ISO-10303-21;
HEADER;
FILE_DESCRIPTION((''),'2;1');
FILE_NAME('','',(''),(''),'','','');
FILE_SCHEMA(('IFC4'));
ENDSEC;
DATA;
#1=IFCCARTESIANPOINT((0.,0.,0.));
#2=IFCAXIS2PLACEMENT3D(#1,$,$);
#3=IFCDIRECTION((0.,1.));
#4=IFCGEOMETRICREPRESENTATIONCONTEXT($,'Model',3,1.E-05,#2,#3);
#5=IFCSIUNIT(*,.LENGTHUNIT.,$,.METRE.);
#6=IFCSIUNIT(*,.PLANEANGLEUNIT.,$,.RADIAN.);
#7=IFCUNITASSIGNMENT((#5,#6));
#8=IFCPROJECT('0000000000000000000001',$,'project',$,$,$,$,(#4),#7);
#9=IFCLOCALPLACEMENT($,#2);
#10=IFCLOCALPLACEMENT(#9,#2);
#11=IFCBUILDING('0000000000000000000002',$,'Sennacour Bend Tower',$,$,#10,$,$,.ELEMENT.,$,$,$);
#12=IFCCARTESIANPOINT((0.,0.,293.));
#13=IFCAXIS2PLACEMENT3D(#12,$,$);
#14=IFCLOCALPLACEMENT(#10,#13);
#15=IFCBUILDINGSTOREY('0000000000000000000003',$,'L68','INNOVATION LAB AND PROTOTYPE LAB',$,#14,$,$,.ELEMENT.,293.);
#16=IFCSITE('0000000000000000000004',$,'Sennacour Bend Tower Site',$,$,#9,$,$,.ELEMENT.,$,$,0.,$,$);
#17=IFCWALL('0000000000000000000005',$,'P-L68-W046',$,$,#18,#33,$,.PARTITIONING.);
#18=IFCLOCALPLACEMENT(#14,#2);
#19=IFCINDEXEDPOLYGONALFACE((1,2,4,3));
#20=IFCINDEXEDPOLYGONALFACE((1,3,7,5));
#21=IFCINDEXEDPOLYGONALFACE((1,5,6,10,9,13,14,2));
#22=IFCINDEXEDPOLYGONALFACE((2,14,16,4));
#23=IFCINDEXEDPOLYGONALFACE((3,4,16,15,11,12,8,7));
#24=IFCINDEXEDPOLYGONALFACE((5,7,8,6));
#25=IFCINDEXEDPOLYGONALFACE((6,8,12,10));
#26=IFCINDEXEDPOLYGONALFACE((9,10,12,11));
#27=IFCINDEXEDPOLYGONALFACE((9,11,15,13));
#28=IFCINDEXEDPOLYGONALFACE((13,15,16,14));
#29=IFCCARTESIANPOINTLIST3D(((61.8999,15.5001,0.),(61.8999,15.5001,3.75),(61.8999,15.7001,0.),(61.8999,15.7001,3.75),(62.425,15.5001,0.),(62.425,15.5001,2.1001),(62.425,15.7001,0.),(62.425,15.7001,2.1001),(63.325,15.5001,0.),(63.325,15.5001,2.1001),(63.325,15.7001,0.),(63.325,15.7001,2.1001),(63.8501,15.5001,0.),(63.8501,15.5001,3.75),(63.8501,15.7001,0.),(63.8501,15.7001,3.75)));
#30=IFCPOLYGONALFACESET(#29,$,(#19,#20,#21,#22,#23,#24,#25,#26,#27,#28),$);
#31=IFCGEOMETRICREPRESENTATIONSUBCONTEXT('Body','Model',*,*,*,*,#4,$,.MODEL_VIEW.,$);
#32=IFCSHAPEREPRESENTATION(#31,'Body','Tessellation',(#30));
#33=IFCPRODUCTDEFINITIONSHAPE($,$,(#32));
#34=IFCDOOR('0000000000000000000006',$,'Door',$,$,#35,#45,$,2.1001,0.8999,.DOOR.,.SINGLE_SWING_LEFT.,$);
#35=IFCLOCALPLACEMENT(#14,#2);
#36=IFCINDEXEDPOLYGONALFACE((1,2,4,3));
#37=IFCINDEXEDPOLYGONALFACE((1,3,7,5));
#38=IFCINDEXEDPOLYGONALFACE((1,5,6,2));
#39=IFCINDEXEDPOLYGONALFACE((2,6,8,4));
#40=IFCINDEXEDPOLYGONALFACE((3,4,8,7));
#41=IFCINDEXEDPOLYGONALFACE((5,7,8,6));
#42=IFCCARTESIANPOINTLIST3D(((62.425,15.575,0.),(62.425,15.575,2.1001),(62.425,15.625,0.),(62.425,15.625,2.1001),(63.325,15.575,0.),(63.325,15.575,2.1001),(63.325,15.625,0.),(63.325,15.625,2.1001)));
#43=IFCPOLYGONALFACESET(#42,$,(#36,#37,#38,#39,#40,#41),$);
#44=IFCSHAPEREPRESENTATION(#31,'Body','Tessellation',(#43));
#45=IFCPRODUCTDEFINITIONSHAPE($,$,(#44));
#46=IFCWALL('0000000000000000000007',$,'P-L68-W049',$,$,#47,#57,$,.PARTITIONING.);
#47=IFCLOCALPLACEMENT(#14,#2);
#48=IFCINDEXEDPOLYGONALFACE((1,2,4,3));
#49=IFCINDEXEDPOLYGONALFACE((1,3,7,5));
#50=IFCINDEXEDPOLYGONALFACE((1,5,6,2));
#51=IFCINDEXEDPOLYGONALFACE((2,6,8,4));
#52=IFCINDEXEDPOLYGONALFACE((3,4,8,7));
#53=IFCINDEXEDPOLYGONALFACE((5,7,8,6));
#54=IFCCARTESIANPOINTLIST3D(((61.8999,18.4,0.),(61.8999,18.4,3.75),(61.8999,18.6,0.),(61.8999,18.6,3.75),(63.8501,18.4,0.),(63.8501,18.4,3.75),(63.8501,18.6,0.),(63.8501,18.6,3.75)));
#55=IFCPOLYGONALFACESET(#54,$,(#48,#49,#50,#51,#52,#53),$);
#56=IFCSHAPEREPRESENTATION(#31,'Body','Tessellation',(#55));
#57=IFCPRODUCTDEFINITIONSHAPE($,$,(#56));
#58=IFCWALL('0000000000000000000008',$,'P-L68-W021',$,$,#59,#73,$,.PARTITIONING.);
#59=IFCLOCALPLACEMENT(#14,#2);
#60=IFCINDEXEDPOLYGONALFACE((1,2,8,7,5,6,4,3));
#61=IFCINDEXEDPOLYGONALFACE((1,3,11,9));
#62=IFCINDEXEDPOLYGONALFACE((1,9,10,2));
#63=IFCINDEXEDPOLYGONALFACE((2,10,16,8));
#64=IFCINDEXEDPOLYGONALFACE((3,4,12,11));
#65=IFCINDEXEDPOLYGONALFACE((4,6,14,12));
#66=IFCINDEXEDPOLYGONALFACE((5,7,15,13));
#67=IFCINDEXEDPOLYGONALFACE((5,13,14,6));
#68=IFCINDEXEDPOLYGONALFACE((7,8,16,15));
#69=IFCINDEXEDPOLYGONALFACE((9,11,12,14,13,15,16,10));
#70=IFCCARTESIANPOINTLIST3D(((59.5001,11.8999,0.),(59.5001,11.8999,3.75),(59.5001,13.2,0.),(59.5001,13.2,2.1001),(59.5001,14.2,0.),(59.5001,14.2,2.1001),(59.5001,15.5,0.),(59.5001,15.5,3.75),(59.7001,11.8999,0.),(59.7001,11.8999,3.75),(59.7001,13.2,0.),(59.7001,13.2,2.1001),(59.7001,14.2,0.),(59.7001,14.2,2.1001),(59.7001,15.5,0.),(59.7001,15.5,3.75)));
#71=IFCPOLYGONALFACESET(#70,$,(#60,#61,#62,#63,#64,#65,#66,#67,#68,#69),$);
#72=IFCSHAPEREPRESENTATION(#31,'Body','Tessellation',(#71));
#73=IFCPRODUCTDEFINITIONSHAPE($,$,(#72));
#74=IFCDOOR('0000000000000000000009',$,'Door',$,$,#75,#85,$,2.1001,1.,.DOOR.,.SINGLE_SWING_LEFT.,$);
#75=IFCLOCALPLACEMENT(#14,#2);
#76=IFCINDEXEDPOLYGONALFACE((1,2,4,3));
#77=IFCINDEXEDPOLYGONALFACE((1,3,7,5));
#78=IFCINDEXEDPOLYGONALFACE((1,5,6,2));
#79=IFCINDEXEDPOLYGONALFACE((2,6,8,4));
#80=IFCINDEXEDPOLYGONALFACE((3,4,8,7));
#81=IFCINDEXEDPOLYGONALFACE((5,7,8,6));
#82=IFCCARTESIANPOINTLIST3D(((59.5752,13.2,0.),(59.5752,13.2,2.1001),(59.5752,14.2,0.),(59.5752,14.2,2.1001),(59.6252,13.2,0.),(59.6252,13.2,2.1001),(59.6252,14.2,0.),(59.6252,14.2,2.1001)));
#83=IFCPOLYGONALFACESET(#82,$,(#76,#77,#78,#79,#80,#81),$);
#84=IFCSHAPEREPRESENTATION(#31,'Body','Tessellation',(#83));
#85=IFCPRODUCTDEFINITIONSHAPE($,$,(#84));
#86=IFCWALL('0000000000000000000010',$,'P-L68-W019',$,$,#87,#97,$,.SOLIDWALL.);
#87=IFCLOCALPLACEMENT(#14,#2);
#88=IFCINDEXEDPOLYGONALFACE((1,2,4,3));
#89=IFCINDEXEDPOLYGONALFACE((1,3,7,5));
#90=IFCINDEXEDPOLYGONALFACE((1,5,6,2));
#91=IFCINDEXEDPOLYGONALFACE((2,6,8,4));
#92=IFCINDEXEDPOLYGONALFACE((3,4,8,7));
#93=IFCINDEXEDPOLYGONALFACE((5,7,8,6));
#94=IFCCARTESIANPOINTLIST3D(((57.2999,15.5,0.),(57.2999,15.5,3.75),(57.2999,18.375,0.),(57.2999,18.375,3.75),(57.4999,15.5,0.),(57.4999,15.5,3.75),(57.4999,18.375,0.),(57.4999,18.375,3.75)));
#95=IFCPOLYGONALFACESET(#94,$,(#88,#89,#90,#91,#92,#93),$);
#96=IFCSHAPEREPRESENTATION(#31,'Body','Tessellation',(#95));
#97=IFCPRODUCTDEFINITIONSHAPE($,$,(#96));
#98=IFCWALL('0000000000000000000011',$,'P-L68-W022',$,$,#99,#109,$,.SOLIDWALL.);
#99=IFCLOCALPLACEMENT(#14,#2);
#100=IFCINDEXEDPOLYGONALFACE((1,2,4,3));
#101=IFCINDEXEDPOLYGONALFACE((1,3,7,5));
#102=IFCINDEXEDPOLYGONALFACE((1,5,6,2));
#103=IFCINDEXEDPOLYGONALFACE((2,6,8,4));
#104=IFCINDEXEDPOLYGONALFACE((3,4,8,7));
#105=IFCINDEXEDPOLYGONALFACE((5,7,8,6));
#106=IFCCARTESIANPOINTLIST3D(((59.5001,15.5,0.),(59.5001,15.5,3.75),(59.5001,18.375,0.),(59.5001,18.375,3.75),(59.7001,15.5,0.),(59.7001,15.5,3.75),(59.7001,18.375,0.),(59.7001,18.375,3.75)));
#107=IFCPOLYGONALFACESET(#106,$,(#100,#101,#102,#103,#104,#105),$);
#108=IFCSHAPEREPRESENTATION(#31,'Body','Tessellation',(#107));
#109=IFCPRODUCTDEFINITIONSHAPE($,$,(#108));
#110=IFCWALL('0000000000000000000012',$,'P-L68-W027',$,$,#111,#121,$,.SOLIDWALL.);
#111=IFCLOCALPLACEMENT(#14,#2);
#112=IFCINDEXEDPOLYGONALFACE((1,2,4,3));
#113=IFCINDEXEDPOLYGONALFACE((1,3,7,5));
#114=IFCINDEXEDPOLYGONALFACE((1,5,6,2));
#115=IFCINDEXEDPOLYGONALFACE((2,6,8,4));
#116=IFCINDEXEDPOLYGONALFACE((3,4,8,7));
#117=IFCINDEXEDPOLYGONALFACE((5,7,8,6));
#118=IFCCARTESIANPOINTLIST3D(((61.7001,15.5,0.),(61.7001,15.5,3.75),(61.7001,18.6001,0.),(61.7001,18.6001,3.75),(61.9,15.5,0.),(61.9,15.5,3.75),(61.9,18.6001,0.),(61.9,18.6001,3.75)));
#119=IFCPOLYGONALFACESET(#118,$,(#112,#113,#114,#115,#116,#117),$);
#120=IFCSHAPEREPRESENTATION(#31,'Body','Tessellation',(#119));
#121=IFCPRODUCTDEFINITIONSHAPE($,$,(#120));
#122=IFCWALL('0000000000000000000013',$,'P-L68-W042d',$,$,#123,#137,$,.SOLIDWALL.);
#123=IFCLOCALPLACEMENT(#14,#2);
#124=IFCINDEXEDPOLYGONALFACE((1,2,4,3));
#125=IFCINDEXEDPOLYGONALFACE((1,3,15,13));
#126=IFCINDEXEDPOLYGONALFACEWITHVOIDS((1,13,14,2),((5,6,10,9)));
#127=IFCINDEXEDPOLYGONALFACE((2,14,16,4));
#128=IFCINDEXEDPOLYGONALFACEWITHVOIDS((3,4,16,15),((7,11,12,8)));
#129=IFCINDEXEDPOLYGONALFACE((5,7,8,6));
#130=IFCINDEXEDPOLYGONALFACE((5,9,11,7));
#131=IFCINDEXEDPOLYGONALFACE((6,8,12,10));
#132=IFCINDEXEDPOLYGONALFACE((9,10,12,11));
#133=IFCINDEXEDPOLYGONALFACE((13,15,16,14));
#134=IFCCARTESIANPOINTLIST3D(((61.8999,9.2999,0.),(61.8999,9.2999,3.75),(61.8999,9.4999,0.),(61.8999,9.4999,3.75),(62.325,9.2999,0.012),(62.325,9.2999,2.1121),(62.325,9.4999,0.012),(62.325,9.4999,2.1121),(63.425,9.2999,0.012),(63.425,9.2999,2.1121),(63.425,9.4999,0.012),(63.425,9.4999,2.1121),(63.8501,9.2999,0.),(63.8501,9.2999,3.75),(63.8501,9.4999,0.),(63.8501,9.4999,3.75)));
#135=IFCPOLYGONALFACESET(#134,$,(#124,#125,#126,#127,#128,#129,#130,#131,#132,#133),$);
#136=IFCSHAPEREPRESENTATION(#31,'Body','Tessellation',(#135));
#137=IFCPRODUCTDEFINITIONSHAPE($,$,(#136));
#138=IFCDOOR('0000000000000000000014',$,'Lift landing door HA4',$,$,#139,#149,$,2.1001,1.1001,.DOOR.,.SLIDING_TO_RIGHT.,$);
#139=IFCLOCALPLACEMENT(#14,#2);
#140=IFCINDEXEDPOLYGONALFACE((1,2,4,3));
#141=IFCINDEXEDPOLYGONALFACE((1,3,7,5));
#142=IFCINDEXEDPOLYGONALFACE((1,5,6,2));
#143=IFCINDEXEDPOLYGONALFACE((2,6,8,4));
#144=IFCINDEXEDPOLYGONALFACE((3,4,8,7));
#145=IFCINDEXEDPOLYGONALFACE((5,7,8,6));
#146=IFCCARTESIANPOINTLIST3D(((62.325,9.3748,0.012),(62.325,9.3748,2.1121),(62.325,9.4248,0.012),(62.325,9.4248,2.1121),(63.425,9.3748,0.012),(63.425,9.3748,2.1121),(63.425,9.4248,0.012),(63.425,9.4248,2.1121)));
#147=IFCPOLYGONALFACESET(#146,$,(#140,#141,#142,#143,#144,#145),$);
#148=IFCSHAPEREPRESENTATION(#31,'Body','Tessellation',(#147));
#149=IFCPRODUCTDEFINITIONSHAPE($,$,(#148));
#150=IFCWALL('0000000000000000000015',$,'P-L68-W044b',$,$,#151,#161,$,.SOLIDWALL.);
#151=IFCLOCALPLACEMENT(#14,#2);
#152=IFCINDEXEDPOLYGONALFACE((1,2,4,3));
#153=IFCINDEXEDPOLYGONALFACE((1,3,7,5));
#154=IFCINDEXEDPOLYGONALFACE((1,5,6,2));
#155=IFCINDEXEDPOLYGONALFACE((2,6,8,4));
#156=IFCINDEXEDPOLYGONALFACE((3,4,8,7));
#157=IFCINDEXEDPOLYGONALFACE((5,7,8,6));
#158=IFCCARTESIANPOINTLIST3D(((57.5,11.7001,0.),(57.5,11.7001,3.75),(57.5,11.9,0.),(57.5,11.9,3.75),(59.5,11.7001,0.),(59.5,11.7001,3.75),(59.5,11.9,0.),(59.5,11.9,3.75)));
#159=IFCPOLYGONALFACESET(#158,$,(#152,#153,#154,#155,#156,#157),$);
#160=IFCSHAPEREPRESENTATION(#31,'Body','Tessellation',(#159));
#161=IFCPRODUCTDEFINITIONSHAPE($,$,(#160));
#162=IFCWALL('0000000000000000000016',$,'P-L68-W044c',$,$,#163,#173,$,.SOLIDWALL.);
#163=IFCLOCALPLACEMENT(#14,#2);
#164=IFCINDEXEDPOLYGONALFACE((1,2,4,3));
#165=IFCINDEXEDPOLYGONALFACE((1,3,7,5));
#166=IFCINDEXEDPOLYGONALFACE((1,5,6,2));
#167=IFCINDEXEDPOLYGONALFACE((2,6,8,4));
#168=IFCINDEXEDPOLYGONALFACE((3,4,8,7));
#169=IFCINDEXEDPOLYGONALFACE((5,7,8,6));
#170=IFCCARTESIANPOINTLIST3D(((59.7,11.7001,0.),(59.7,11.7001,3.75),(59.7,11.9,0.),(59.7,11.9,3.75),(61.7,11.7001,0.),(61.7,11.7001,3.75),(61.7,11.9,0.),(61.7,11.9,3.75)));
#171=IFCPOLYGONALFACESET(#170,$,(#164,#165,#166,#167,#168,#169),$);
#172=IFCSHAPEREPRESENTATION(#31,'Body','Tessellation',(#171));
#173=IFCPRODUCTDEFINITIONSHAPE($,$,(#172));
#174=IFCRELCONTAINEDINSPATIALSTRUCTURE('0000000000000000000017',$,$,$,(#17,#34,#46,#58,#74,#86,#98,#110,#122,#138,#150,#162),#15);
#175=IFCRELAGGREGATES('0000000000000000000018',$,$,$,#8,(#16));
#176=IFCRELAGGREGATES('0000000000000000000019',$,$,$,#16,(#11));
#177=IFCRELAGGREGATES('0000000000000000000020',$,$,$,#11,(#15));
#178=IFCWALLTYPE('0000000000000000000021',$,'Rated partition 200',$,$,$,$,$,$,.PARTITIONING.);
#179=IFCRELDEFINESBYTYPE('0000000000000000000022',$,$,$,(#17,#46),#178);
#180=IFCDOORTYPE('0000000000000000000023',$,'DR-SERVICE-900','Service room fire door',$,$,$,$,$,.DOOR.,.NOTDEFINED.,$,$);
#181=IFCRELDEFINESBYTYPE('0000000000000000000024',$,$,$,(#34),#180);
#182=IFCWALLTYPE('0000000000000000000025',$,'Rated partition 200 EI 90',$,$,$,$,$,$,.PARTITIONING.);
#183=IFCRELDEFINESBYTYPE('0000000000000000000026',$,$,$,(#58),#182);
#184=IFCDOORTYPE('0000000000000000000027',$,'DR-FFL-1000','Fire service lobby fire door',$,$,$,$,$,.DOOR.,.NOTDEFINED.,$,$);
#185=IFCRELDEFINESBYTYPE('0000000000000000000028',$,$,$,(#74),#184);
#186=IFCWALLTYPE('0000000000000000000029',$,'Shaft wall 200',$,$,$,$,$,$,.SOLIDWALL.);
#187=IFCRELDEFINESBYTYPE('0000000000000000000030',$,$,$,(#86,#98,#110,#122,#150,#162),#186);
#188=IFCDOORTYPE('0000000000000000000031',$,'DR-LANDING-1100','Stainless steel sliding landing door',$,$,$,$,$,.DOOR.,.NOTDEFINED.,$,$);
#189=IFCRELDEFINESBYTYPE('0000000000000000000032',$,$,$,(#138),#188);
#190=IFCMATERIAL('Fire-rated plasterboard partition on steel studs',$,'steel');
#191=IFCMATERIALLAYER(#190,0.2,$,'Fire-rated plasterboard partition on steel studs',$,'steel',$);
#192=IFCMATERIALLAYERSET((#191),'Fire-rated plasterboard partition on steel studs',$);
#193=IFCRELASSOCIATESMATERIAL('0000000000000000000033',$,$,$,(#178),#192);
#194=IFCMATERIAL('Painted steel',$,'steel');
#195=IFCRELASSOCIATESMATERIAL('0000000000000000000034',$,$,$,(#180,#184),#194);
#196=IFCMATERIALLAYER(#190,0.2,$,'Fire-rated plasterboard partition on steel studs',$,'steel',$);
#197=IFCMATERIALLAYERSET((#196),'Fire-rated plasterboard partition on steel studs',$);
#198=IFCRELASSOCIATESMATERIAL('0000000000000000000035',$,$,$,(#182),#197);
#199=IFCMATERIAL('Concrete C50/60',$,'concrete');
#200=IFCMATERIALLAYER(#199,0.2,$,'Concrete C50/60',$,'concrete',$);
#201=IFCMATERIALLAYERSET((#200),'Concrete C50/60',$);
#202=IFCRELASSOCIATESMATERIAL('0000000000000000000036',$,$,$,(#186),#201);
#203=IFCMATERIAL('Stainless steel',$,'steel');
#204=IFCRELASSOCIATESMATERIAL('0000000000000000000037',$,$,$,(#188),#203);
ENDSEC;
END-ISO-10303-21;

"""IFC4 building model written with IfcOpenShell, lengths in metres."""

from ifc_helpers import new_model, si_unit, direction, frame, frame_2d, origin, place, context, subcontext, project, spatial, rectangle, extrude, material, layer, layer_set, type_object, element, fill, save


model = new_model("IFC4")

# Units and contexts
model_context = context("Model", 3, precision=1e-05, world=origin(), true_north=direction((0.0, 1.0)))
body_context = subcontext(model_context, "Body", "Model", "MODEL_VIEW")
ifc_project = project(units=[si_unit("LENGTHUNIT", "METRE"), si_unit("PLANEANGLEUNIT", "RADIAN")], contexts=[model_context])

# Site, building, storey
site_placement = place(None, origin())
site = spatial("IfcSite", under=ifc_project, at=site_placement, Name="Sennacour Bend Tower Site", CompositionType="ELEMENT", RefElevation=0.0)
building_placement = place(site_placement, origin())
building = spatial("IfcBuilding", under=site, at=building_placement, Name="Sennacour Bend Tower", CompositionType="ELEMENT")
storey_placement = place(building_placement, frame((0.0, 0.0, 293.0)))
storey = spatial("IfcBuildingStorey", under=building, at=storey_placement, Name="L68", Description="INNOVATION LAB AND PROTOTYPE LAB", CompositionType="ELEMENT", Elevation=293.0)

# Wall, opening, door
ifc_material_1 = material(Name="Fire-rated plasterboard partition on steel studs", Category="steel")
ifc_layer_1 = layer(ifc_material_1, 0.2, Name="Fire-rated plasterboard partition on steel studs", Category="steel")
ifc_layer_set_1 = layer_set([ifc_layer_1], Name="Fire-rated plasterboard partition on steel studs")
wall_type_1 = type_object("IfcWallType", Name="Rated partition 200", PredefinedType="PARTITIONING", material=ifc_layer_set_1)
wall_1_placement = place(storey_placement, frame((61.8999, 15.6001, 0.0), z_axis=(0.0, 0.0, 1.0), x_axis=(1.0, 0.0, 0.0)))
wall_1 = element("IfcWall", 1, at=wall_1_placement, inside=storey, type_object=wall_type_1, Name="P-L68-W046", PredefinedType="PARTITIONING", context=body_context, shape_type="SweptSolid", body=[
    extrude(rectangle(XDim=1.9502, YDim=0.2, at=frame_2d((0.9751, 0.0))), origin(), (0.0, 0.0, 1.0), 3.75),
])
opening_1_placement = place(wall_1_placement, frame((0.5251, 0.0, 0.0)))
opening_1 = element("IfcOpeningElement", 2, at=opening_1_placement, cuts=wall_1, PredefinedType="OPENING", context=body_context, shape_type="SweptSolid", body=[
    extrude(rectangle(XDim=0.8999, YDim=2.1001, at=frame_2d((0.45, 1.05))), frame((0.0, 0.1099, 0.0), z_axis=(0.0, -1.0, 0.0), x_axis=(1.0, 0.0, 0.0)), (0.0, 0.0, 1.0), 0.22),
])
ifc_material_2 = material(Name="Painted steel", Category="steel")
door_type_1 = type_object("IfcDoorType", Name="DR-SERVICE-900", Description="Service room fire door", OperationType="NOTDEFINED", PredefinedType="DOOR", material=ifc_material_2)
door_1_placement = place(opening_1_placement, origin())
door_1 = element("IfcDoor", 3, at=door_1_placement, inside=storey, type_object=door_type_1, Name="Door", OperationType="SINGLE_SWING_LEFT", OverallHeight=2.1001, OverallWidth=0.8999, PredefinedType="DOOR", context=body_context, shape_type="SweptSolid", body=[
    extrude(rectangle(XDim=0.8999, YDim=2.1001, at=frame_2d((0.45, 1.05))), frame((0.0, 0.0249, 0.0), z_axis=(0.0, -1.0, 0.0), x_axis=(1.0, 0.0, 0.0)), (0.0, 0.0, 1.0), 0.05),
])
fill(opening_1, door_1)

# Wall
wall_2_placement = place(storey_placement, frame((61.8999, 18.5, 0.0), z_axis=(0.0, 0.0, 1.0), x_axis=(1.0, 0.0, 0.0)))
element("IfcWall", 4, at=wall_2_placement, inside=storey, type_object=wall_type_1, Name="P-L68-W049", PredefinedType="PARTITIONING", context=body_context, shape_type="SweptSolid", body=[
    extrude(rectangle(XDim=1.9502, YDim=0.2, at=frame_2d((0.9751, 0.0))), origin(), (0.0, 0.0, 1.0), 3.75),
])

# Wall, opening, door
ifc_layer_2 = layer(ifc_material_1, 0.2, Name="Fire-rated plasterboard partition on steel studs", Category="steel")
ifc_layer_set_2 = layer_set([ifc_layer_2], Name="Fire-rated plasterboard partition on steel studs")
wall_type_2 = type_object("IfcWallType", Name="Rated partition 200 EI 90", PredefinedType="PARTITIONING", material=ifc_layer_set_2)
wall_3_placement = place(storey_placement, frame((59.6001, 11.8999, 0.0), z_axis=(0.0, 0.0, 1.0), x_axis=(0.0, 1.0, 0.0)))
wall_3 = element("IfcWall", 5, at=wall_3_placement, inside=storey, type_object=wall_type_2, Name="P-L68-W021", PredefinedType="PARTITIONING", context=body_context, shape_type="SweptSolid", body=[
    extrude(rectangle(XDim=3.6001, YDim=0.2, at=frame_2d((1.8, 0.0))), origin(), (0.0, 0.0, 1.0), 3.75),
])
opening_2_placement = place(wall_3_placement, frame((1.3, 0.0, 0.0)))
opening_2 = element("IfcOpeningElement", 6, at=opening_2_placement, cuts=wall_3, PredefinedType="OPENING", context=body_context, shape_type="SweptSolid", body=[
    extrude(rectangle(XDim=1.0, YDim=2.1001, at=frame_2d((0.5, 1.05))), frame((0.0, 0.1099, 0.0), z_axis=(0.0, -1.0, 0.0), x_axis=(1.0, 0.0, 0.0)), (0.0, 0.0, 1.0), 0.22),
])
door_type_2 = type_object("IfcDoorType", Name="DR-FFL-1000", Description="Fire service lobby fire door", OperationType="NOTDEFINED", PredefinedType="DOOR", material=ifc_material_2)
door_2_placement = place(opening_2_placement, origin())
door_2 = element("IfcDoor", 7, at=door_2_placement, inside=storey, type_object=door_type_2, Name="Door", OperationType="SINGLE_SWING_LEFT", OverallHeight=2.1001, OverallWidth=1.0, PredefinedType="DOOR", context=body_context, shape_type="SweptSolid", body=[
    extrude(rectangle(XDim=1.0, YDim=2.1001, at=frame_2d((0.5, 1.05))), frame((0.0, 0.0249, 0.0), z_axis=(0.0, -1.0, 0.0), x_axis=(1.0, 0.0, 0.0)), (0.0, 0.0, 1.0), 0.05),
])
fill(opening_2, door_2)

# Walls
ifc_material_3 = material(Name="Concrete C50/60", Category="concrete")
ifc_layer_3 = layer(ifc_material_3, 0.2, Name="Concrete C50/60", Category="concrete")
ifc_layer_set_3 = layer_set([ifc_layer_3], Name="Concrete C50/60")
wall_type_3 = type_object("IfcWallType", Name="Shaft wall 200", PredefinedType="SOLIDWALL", material=ifc_layer_set_3)
for number, where, z_axis, x_axis, name in (
    (8, (57.3999, 15.5, 0.0), (0.0, 0.0, 1.0), (0.0, 1.0, 0.0), "P-L68-W019"),
    (9, (59.6001, 15.5, 0.0), (0.0, 0.0, 1.0), (0.0, 1.0, 0.0), "P-L68-W022"),
):
    element("IfcWall", number, at=place(storey_placement, frame(where, z_axis=z_axis, x_axis=x_axis)), inside=storey, type_object=wall_type_3, Name=name, PredefinedType="SOLIDWALL", context=body_context, shape_type="SweptSolid", body=[
        extrude(rectangle(XDim=2.875, YDim=0.2, at=frame_2d((1.4375, 0.0))), origin(), (0.0, 0.0, 1.0), 3.75),
    ])
wall_4_placement = place(storey_placement, frame((61.8, 15.5, 0.0), z_axis=(0.0, 0.0, 1.0), x_axis=(0.0, 1.0, 0.0)))
element("IfcWall", 10, at=wall_4_placement, inside=storey, type_object=wall_type_3, Name="P-L68-W027", PredefinedType="SOLIDWALL", context=body_context, shape_type="SweptSolid", body=[
    extrude(rectangle(XDim=3.1001, YDim=0.2, at=frame_2d((1.55, 0.0))), origin(), (0.0, 0.0, 1.0), 3.75),
])

# Wall, opening, door
wall_5_placement = place(storey_placement, frame((61.8999, 9.3999, 0.0), z_axis=(0.0, 0.0, 1.0), x_axis=(1.0, 0.0, 0.0)))
wall_5 = element("IfcWall", 11, at=wall_5_placement, inside=storey, type_object=wall_type_3, Name="P-L68-W042d", PredefinedType="SOLIDWALL", context=body_context, shape_type="SweptSolid", body=[
    extrude(rectangle(XDim=1.9502, YDim=0.2, at=frame_2d((0.9751, 0.0))), origin(), (0.0, 0.0, 1.0), 3.75),
])
opening_3_placement = place(wall_5_placement, frame((0.425, 0.0, 0.012)))
opening_3 = element("IfcOpeningElement", 12, at=opening_3_placement, cuts=wall_5, PredefinedType="OPENING", context=body_context, shape_type="SweptSolid", body=[
    extrude(rectangle(XDim=1.1001, YDim=2.1001, at=frame_2d((0.55, 1.05))), frame((0.0, 0.1099, 0.0), z_axis=(0.0, -1.0, 0.0), x_axis=(1.0, 0.0, 0.0)), (0.0, 0.0, 1.0), 0.22),
])
ifc_material_4 = material(Name="Stainless steel", Category="steel")
door_type_3 = type_object("IfcDoorType", Name="DR-LANDING-1100", Description="Stainless steel sliding landing door", OperationType="NOTDEFINED", PredefinedType="DOOR", material=ifc_material_4)
door_3_placement = place(opening_3_placement, origin())
door_3 = element("IfcDoor", 13, at=door_3_placement, inside=storey, type_object=door_type_3, Name="Lift landing door HA4", OperationType="SLIDING_TO_RIGHT", OverallHeight=2.1001, OverallWidth=1.1001, PredefinedType="DOOR", context=body_context, shape_type="SweptSolid", body=[
    extrude(rectangle(XDim=1.1001, YDim=2.1001, at=frame_2d((0.55, 1.05))), frame((0.0, 0.0249, 0.0), z_axis=(0.0, -1.0, 0.0), x_axis=(1.0, 0.0, 0.0)), (0.0, 0.0, 1.0), 0.05),
])
fill(opening_3, door_3)

# Walls
for number, where, z_axis, x_axis, name in (
    (14, (57.5, 11.8, 0.0), (0.0, 0.0, 1.0), (1.0, 0.0, 0.0), "P-L68-W044b"),
    (15, (59.7, 11.8, 0.0), (0.0, 0.0, 1.0), (1.0, 0.0, 0.0), "P-L68-W044c"),
):
    element("IfcWall", number, at=place(storey_placement, frame(where, z_axis=z_axis, x_axis=x_axis)), inside=storey, type_object=wall_type_3, Name=name, PredefinedType="SOLIDWALL", context=body_context, shape_type="SweptSolid", body=[
        extrude(rectangle(XDim=2.0, YDim=0.2, at=frame_2d((1.0, 0.0))), origin(), (0.0, 0.0, 1.0), 3.75),
    ])

save(model, "model.ifc")
